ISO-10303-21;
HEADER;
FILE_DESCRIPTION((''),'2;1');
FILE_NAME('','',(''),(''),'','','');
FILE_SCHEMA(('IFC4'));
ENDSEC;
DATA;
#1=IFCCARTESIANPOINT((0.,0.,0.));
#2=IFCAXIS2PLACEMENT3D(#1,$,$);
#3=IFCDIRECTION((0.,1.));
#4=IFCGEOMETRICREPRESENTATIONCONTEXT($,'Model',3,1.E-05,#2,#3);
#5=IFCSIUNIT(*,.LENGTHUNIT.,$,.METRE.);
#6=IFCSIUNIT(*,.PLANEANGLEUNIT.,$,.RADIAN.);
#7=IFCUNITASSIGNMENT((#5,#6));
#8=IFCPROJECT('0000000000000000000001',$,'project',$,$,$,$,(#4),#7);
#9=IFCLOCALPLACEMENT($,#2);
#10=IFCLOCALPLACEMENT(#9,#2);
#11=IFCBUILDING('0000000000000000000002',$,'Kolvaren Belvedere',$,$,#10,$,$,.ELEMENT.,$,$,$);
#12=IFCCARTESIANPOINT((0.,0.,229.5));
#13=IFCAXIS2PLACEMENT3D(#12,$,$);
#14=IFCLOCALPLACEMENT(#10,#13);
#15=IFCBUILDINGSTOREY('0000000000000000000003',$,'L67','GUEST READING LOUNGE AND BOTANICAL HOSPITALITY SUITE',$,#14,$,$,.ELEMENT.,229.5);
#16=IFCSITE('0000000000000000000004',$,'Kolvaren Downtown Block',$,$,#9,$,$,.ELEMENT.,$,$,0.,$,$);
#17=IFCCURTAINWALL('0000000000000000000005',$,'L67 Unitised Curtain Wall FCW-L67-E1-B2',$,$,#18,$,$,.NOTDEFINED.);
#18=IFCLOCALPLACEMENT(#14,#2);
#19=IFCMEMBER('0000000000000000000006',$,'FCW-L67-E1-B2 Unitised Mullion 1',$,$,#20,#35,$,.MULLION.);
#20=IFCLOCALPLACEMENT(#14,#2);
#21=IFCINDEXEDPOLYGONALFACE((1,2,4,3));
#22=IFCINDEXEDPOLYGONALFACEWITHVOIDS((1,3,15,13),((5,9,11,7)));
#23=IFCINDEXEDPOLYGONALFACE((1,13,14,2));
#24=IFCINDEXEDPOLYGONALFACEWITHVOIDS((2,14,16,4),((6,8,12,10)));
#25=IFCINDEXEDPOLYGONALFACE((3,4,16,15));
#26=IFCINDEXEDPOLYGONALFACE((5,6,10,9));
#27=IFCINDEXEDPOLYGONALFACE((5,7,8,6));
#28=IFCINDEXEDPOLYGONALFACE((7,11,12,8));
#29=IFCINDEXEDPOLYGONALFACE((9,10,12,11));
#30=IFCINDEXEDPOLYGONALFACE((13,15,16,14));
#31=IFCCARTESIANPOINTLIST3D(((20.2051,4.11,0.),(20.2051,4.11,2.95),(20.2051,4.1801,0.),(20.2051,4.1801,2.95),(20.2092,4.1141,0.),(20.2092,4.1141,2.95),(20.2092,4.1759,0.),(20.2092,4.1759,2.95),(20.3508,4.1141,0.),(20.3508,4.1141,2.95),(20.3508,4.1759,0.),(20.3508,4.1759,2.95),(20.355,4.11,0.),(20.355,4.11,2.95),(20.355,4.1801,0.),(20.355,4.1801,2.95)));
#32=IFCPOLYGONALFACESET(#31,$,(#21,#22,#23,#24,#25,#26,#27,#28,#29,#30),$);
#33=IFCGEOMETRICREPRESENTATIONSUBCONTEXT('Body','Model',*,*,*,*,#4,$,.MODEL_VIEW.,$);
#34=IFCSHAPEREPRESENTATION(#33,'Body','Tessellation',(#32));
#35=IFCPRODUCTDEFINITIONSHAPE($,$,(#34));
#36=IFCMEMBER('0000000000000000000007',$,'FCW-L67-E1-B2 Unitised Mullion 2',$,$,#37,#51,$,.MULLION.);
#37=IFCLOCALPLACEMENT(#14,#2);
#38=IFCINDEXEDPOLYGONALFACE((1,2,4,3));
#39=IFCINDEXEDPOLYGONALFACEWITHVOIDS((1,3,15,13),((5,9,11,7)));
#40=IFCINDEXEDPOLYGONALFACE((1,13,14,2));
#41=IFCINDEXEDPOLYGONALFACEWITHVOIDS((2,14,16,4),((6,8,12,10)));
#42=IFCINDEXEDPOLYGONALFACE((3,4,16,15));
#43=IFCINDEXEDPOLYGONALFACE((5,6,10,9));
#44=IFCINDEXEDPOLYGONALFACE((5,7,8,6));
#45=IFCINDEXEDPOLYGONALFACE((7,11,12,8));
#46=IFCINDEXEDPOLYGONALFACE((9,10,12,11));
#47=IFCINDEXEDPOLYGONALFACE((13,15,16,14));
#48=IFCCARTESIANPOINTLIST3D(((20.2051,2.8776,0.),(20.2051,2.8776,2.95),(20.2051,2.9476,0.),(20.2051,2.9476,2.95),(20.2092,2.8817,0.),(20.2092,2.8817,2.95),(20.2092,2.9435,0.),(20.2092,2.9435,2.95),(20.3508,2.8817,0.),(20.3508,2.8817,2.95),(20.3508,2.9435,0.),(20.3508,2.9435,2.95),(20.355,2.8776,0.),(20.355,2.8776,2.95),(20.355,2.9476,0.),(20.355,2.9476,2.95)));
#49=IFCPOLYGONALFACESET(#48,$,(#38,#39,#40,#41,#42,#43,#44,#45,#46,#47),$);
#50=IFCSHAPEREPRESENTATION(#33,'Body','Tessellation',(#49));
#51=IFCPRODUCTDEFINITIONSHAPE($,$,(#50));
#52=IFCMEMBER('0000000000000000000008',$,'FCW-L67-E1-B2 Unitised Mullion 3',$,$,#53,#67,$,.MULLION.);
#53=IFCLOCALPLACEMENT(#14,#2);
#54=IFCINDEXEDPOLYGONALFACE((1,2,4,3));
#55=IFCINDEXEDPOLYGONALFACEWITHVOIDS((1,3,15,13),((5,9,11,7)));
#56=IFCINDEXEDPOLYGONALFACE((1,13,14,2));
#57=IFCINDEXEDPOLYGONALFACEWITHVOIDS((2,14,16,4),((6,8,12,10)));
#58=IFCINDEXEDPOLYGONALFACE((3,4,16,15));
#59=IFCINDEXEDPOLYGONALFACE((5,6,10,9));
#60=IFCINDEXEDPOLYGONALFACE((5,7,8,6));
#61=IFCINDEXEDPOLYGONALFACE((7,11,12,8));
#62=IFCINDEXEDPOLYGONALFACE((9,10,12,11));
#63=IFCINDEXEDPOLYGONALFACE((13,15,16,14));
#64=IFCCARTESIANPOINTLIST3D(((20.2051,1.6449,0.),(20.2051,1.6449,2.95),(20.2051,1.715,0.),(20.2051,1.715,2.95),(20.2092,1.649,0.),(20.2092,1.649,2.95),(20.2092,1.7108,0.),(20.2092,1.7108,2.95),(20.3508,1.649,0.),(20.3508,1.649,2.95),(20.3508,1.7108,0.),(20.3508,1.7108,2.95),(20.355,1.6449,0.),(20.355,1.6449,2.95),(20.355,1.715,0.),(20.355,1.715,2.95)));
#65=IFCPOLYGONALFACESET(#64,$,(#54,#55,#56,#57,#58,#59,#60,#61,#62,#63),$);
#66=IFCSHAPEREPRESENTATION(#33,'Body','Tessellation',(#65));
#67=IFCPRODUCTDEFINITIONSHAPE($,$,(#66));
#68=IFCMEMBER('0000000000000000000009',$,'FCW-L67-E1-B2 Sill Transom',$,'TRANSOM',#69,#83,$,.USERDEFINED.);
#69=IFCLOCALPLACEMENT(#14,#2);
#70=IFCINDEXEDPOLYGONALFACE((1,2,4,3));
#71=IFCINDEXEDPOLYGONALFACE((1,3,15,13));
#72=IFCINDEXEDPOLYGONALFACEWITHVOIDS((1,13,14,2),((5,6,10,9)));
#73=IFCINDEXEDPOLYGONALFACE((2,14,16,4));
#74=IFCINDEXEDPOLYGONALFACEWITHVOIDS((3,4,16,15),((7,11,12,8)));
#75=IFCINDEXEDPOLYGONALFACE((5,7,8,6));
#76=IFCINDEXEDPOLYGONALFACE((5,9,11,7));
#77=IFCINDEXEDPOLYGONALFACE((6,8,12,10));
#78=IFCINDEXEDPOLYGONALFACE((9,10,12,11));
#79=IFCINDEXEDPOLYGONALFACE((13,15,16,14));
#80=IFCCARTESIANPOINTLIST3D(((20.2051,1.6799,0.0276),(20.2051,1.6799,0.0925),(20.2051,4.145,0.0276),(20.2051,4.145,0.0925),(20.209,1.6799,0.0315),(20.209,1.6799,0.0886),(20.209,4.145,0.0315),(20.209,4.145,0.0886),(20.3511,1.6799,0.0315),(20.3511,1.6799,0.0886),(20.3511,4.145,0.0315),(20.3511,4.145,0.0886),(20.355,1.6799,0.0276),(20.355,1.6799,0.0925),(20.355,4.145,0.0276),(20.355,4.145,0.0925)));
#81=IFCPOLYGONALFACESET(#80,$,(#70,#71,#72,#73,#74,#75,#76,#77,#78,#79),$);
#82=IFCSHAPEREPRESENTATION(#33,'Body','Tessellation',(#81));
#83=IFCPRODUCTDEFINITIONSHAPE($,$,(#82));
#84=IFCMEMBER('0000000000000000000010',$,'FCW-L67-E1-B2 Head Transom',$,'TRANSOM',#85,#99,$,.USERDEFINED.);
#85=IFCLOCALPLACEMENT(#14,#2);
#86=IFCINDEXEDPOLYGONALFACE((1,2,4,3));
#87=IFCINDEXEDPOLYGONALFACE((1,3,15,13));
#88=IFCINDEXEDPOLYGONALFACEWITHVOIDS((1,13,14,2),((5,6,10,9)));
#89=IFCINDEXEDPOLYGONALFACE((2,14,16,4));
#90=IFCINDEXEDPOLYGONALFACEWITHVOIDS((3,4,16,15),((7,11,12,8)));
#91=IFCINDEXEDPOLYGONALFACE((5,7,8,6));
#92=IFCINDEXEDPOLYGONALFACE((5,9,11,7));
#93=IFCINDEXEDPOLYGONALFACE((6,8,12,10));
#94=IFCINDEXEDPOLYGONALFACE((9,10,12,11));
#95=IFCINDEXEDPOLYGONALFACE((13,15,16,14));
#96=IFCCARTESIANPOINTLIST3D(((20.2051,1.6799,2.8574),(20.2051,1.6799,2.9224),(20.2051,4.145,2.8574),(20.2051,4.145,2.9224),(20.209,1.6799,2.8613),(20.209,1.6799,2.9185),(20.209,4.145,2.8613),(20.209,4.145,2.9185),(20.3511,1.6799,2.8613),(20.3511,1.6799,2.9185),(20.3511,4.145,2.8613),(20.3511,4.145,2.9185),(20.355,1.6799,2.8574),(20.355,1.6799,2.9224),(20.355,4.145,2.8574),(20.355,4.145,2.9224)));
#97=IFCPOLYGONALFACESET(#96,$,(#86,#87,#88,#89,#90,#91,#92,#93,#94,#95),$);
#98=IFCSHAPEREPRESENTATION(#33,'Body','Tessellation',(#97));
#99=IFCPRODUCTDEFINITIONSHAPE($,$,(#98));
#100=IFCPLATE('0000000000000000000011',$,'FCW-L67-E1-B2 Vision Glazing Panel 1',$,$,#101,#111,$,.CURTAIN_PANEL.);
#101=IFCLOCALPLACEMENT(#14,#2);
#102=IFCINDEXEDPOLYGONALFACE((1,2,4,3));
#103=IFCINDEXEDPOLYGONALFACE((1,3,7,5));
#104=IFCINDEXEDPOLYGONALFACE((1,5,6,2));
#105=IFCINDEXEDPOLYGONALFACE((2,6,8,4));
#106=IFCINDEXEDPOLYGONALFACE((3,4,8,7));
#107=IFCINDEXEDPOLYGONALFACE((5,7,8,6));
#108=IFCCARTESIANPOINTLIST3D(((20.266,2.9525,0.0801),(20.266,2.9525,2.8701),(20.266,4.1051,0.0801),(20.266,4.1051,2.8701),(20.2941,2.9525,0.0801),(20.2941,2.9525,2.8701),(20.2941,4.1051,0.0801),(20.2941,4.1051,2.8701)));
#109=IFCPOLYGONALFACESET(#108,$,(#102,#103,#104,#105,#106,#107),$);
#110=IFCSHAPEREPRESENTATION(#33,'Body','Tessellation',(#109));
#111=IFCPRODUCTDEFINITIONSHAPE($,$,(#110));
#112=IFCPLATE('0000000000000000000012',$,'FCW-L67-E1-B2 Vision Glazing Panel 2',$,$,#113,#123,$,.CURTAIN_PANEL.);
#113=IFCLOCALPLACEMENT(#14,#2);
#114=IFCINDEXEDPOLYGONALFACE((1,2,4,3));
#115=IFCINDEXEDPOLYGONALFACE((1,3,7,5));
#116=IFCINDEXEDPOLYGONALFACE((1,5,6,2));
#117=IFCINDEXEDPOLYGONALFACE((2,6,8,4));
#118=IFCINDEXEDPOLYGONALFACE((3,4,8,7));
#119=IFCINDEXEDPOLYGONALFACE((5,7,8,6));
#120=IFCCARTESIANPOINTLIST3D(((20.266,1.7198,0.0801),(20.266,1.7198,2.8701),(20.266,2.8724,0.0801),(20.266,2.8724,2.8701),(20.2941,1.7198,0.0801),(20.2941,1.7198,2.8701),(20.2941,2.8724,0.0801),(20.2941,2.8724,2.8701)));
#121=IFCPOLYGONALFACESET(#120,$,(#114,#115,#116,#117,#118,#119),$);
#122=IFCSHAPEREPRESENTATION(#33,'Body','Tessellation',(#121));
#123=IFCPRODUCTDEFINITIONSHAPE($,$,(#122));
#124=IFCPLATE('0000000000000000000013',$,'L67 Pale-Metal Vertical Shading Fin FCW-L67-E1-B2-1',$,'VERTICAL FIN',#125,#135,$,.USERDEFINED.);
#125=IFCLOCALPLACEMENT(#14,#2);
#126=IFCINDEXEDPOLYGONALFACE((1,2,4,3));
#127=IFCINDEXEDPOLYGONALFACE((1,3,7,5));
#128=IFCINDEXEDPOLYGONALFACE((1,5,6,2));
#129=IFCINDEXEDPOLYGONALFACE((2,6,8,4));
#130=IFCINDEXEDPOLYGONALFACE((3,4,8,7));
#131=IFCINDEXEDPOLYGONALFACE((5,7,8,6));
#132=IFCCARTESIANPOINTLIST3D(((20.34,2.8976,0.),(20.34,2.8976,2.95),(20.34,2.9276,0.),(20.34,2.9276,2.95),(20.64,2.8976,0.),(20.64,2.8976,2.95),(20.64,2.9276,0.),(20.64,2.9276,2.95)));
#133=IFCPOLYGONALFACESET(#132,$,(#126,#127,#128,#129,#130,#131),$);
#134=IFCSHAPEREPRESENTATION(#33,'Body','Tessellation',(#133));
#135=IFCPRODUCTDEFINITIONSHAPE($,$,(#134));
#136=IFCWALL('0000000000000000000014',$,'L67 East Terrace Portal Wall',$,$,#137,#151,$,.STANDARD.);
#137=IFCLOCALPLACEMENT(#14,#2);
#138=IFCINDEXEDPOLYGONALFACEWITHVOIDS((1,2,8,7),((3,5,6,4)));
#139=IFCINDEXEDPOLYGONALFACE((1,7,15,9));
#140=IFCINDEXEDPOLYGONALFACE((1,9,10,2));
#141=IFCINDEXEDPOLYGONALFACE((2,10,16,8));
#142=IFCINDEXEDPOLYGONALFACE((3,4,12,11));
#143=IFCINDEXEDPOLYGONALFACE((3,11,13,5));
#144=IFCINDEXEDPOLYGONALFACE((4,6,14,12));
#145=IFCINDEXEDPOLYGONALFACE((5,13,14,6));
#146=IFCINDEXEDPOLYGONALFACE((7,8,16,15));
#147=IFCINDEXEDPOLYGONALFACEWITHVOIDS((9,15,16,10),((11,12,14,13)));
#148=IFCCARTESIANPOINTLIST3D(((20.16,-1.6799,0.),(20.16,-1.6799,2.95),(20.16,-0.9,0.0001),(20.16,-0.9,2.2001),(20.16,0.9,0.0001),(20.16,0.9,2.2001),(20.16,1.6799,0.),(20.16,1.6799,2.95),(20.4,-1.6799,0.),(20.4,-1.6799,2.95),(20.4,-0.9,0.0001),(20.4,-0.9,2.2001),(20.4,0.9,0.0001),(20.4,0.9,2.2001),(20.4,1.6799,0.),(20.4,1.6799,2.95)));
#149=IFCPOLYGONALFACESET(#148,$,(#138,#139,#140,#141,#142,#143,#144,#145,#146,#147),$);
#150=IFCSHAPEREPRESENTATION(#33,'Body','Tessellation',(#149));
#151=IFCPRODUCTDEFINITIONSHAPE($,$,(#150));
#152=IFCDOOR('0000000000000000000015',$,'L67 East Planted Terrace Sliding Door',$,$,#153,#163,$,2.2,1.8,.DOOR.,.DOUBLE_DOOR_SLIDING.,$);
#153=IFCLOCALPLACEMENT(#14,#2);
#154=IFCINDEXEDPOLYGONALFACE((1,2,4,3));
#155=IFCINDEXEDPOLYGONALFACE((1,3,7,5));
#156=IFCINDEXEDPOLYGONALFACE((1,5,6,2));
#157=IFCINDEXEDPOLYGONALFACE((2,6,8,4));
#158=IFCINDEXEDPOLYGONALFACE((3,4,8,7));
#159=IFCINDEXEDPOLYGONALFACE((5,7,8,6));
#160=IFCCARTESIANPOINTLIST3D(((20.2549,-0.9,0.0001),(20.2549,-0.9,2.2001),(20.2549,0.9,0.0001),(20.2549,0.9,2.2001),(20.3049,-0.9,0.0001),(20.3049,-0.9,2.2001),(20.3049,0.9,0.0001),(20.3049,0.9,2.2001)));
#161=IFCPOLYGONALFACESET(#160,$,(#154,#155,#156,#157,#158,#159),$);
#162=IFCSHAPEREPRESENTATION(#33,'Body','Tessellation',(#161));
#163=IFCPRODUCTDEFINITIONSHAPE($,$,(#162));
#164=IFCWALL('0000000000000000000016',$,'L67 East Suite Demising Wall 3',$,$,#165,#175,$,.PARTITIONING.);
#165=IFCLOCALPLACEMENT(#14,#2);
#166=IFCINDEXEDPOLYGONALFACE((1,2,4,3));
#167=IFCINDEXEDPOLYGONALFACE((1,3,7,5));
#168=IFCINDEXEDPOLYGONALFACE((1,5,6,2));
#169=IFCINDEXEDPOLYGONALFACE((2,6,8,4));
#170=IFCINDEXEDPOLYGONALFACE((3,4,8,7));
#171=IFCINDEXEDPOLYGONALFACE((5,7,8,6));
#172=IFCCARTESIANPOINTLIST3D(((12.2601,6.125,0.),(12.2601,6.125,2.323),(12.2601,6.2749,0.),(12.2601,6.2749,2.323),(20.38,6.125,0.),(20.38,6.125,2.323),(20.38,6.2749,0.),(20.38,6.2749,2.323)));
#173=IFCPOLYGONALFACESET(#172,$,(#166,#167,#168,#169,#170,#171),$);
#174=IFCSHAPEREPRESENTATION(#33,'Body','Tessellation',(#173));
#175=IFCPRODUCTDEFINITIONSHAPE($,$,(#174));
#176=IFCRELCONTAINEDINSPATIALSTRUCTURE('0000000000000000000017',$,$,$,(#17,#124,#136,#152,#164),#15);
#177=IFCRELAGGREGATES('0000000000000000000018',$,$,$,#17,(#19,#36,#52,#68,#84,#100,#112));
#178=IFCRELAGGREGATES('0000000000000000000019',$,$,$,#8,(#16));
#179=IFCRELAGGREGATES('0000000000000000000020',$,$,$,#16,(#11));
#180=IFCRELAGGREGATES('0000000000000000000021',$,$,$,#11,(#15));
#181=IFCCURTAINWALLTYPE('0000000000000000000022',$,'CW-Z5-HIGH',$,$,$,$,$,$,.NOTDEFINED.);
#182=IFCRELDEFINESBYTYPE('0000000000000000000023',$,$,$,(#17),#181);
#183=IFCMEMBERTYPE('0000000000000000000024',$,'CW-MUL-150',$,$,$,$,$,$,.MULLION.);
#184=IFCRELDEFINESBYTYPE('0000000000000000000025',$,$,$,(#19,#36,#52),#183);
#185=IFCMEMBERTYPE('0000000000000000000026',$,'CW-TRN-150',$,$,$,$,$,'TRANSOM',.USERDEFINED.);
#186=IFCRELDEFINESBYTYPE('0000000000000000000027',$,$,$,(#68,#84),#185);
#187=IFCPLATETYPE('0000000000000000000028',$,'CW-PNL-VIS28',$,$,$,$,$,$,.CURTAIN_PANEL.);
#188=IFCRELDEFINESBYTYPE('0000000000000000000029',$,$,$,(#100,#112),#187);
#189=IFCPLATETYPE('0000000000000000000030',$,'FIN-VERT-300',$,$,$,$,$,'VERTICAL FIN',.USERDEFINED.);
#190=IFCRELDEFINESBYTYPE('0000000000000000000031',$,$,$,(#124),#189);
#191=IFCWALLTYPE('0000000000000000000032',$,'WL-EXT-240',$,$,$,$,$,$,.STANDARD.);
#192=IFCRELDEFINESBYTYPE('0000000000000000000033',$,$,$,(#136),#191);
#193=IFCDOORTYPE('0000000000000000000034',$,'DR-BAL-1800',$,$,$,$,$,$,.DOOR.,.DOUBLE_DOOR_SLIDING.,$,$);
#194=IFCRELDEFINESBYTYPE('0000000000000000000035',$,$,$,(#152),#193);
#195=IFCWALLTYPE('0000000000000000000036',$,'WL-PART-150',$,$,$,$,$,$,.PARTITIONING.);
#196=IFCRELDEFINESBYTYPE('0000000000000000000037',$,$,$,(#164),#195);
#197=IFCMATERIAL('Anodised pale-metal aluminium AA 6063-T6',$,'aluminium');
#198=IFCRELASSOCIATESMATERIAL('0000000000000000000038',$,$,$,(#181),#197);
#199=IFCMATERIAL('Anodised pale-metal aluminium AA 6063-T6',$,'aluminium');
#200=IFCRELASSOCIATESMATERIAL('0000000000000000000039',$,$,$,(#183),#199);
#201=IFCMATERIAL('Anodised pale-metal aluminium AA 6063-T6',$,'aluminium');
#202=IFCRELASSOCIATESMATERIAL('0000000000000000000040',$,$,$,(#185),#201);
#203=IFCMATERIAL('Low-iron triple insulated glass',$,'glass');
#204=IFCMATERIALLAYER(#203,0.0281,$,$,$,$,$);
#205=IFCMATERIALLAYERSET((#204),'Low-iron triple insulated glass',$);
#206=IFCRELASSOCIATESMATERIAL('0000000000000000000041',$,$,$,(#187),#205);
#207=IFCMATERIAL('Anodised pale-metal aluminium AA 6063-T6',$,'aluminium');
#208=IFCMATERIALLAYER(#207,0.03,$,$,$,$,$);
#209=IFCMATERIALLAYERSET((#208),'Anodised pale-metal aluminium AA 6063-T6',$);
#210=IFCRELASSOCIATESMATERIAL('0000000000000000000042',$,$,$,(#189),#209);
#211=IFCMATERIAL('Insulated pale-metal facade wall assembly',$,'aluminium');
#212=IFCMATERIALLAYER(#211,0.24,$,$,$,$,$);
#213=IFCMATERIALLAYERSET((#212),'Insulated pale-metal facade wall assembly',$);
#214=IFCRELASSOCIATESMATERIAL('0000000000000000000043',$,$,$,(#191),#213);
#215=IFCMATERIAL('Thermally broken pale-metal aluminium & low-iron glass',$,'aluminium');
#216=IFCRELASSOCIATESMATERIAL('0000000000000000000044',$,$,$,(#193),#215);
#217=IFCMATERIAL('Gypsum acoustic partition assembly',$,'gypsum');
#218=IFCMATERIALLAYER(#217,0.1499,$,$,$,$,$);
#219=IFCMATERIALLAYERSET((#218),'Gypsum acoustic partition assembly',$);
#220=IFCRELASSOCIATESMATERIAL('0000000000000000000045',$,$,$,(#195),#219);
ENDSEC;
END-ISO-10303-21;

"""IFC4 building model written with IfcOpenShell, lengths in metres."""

from ifc_helpers import new_model, si_unit, direction, frame, frame_2d, origin, origin_2d, place, context, subcontext, project, spatial, rectangle, hollow_rectangle, extrude, material, layer, layer_set, material_profile, profile_set, type_object, element, fill, aggregate, save


model = new_model("IFC4")

# Units and contexts
model_context = context("Model", 3, precision=1e-05, world=origin(), true_north=direction((0.0, 1.0)))
body_context = subcontext(model_context, "Body", "Model", "MODEL_VIEW")
ifc_project = project(units=[si_unit("LENGTHUNIT", "METRE"), si_unit("PLANEANGLEUNIT", "RADIAN")], contexts=[model_context])

# Site, building, storey
site_placement = place(None, origin())
site = spatial("IfcSite", under=ifc_project, at=site_placement, Name="Kolvaren Downtown Block", CompositionType="ELEMENT", RefElevation=0.0)
building_placement = place(site_placement, origin())
building = spatial("IfcBuilding", under=site, at=building_placement, Name="Kolvaren Belvedere", CompositionType="ELEMENT")
storey_placement = place(building_placement, frame((0.0, 0.0, 229.5)))
storey = spatial("IfcBuildingStorey", under=building, at=storey_placement, Name="L67", Description="GUEST READING LOUNGE AND BOTANICAL HOSPITALITY SUITE", CompositionType="ELEMENT", Elevation=229.5)

# Shared definitions
ifc_material_1 = material(Name="Anodised pale-metal aluminium AA 6063-T6", Category="aluminium")
curtain_wall_type = type_object("IfcCurtainWallType", Name="CW-Z5-HIGH", PredefinedType="NOTDEFINED", material=ifc_material_1)
ifc_material_2 = material(Name="Anodised pale-metal aluminium AA 6063-T6", Category="aluminium")
ifc_material_profile_1 = material_profile(ifc_material_2, hollow_rectangle(XDim=0.0701, YDim=0.1499, WallThickness=0.0042, at=origin_2d()), Name="ALU-MUL-150X70")
ifc_profile_set_1 = profile_set([ifc_material_profile_1], Name="Anodised pale-metal aluminium AA 6063-T6")
member_type_1 = type_object("IfcMemberType", Name="CW-MUL-150", PredefinedType="MULLION", material=ifc_profile_set_1)

# Curtain wall, members, plates
curtain_wall_1_placement = place(storey_placement, origin())
curtain_wall_1 = element("IfcCurtainWall", 1, at=curtain_wall_1_placement, inside=storey, type_object=curtain_wall_type, Name="L67 Unitised Curtain Wall FCW-L67-E1-B2", PredefinedType="NOTDEFINED")
member_1_placement = place(storey_placement, frame((20.28, 4.145, 0.0), z_axis=(0.0, 0.0, 1.0), x_axis=(0.0, 1.0, 0.0)))
member_1 = element("IfcMember", 2, at=member_1_placement, type_object=member_type_1, Name="FCW-L67-E1-B2 Unitised Mullion 1", PredefinedType="MULLION", context=body_context, shape_type="SweptSolid", body=[
    extrude(hollow_rectangle(XDim=0.0701, YDim=0.1499, WallThickness=0.0042, at=origin_2d()), origin(), (0.0, 0.0, 1.0), 2.95),
])
member_2_placement = place(storey_placement, frame((20.28, 2.9126, 0.0), z_axis=(0.0, 0.0, 1.0), x_axis=(0.0, 1.0, 0.0)))
member_2 = element("IfcMember", 3, at=member_2_placement, type_object=member_type_1, Name="FCW-L67-E1-B2 Unitised Mullion 2", PredefinedType="MULLION", context=body_context, shape_type="SweptSolid", body=[
    extrude(hollow_rectangle(XDim=0.0701, YDim=0.1499, WallThickness=0.0042, at=origin_2d()), origin(), (0.0, 0.0, 1.0), 2.95),
])
member_3_placement = place(storey_placement, frame((20.28, 1.6799, 0.0), z_axis=(0.0, 0.0, 1.0), x_axis=(0.0, 1.0, 0.0)))
member_3 = element("IfcMember", 4, at=member_3_placement, type_object=member_type_1, Name="FCW-L67-E1-B2 Unitised Mullion 3", PredefinedType="MULLION", context=body_context, shape_type="SweptSolid", body=[
    extrude(hollow_rectangle(XDim=0.0701, YDim=0.1499, WallThickness=0.0042, at=origin_2d()), origin(), (0.0, 0.0, 1.0), 2.95),
])
ifc_material_3 = material(Name="Anodised pale-metal aluminium AA 6063-T6", Category="aluminium")
ifc_material_profile_2 = material_profile(ifc_material_3, hollow_rectangle(XDim=0.0649, YDim=0.1499, WallThickness=0.0039, at=origin_2d()), Name="ALU-TRN-150X65")
ifc_profile_set_2 = profile_set([ifc_material_profile_2], Name="Anodised pale-metal aluminium AA 6063-T6")
member_type_2 = type_object("IfcMemberType", Name="CW-TRN-150", ElementType="TRANSOM", PredefinedType="USERDEFINED", material=ifc_profile_set_2)
member_4_placement = place(storey_placement, frame((20.28, 4.145, 0.0601), z_axis=(0.0, -1.0, 0.0), x_axis=(0.0, 0.0, 1.0)))
member_4 = element("IfcMember", 5, at=member_4_placement, type_object=member_type_2, Name="FCW-L67-E1-B2 Sill Transom", ObjectType="TRANSOM", PredefinedType="USERDEFINED", context=body_context, shape_type="SweptSolid", body=[
    extrude(hollow_rectangle(XDim=0.0649, YDim=0.1499, WallThickness=0.0039, at=origin_2d()), origin(), (0.0, 0.0, 1.0), 2.4651),
])
member_5_placement = place(storey_placement, frame((20.28, 4.145, 2.8899), z_axis=(0.0, -1.0, 0.0), x_axis=(0.0, 0.0, 1.0)))
member_5 = element("IfcMember", 6, at=member_5_placement, type_object=member_type_2, Name="FCW-L67-E1-B2 Head Transom", ObjectType="TRANSOM", PredefinedType="USERDEFINED", context=body_context, shape_type="SweptSolid", body=[
    extrude(hollow_rectangle(XDim=0.0649, YDim=0.1499, WallThickness=0.0039, at=origin_2d()), origin(), (0.0, 0.0, 1.0), 2.4651),
])
ifc_material_4 = material(Name="Low-iron triple insulated glass", Category="glass")
ifc_layer_1 = layer(ifc_material_4, 0.0281)
ifc_layer_set_1 = layer_set([ifc_layer_1], Name="Low-iron triple insulated glass")
plate_type_1 = type_object("IfcPlateType", Name="CW-PNL-VIS28", PredefinedType="CURTAIN_PANEL", material=ifc_layer_set_1)
plate_1_placement = place(storey_placement, frame((20.28, 3.5288, 0.0801), z_axis=(0.0, 0.0, 1.0), x_axis=(0.0, -1.0, 0.0)))
plate_1 = element("IfcPlate", 7, at=plate_1_placement, type_object=plate_type_1, Name="FCW-L67-E1-B2 Vision Glazing Panel 1", PredefinedType="CURTAIN_PANEL", context=body_context, shape_type="SweptSolid", body=[
    extrude(rectangle(XDim=1.1526, YDim=0.0281, at=origin_2d()), origin(), (0.0, 0.0, 1.0), 2.79),
])
plate_2_placement = place(storey_placement, frame((20.28, 2.2961, 0.0801), z_axis=(0.0, 0.0, 1.0), x_axis=(0.0, -1.0, 0.0)))
plate_2 = element("IfcPlate", 8, at=plate_2_placement, type_object=plate_type_1, Name="FCW-L67-E1-B2 Vision Glazing Panel 2", PredefinedType="CURTAIN_PANEL", context=body_context, shape_type="SweptSolid", body=[
    extrude(rectangle(XDim=1.1526, YDim=0.0281, at=origin_2d()), origin(), (0.0, 0.0, 1.0), 2.79),
])
aggregate(curtain_wall_1, [member_1, member_2, member_3, member_4, member_5, plate_1, plate_2])

# Plate
ifc_material_5 = material(Name="Anodised pale-metal aluminium AA 6063-T6", Category="aluminium")
ifc_layer_2 = layer(ifc_material_5, 0.03)
ifc_layer_set_2 = layer_set([ifc_layer_2], Name="Anodised pale-metal aluminium AA 6063-T6")
plate_type_2 = type_object("IfcPlateType", Name="FIN-VERT-300", ElementType="VERTICAL FIN", PredefinedType="USERDEFINED", material=ifc_layer_set_2)
plate_3_placement = place(storey_placement, frame((20.49, 2.9126, 0.0), z_axis=(0.0, 0.0, 1.0), x_axis=(1.0, 0.0, 0.0)))
element("IfcPlate", 9, at=plate_3_placement, inside=storey, type_object=plate_type_2, Name="L67 Pale-Metal Vertical Shading Fin FCW-L67-E1-B2-1", ObjectType="VERTICAL FIN", PredefinedType="USERDEFINED", context=body_context, shape_type="SweptSolid", body=[
    extrude(rectangle(XDim=0.3, YDim=0.03, at=origin_2d()), origin(), (0.0, 0.0, 1.0), 2.95),
])

# Wall, opening, door
ifc_material_6 = material(Name="Insulated pale-metal facade wall assembly", Category="aluminium")
ifc_layer_3 = layer(ifc_material_6, 0.24)
ifc_layer_set_3 = layer_set([ifc_layer_3], Name="Insulated pale-metal facade wall assembly")
wall_type_1 = type_object("IfcWallType", Name="WL-EXT-240", PredefinedType="STANDARD", material=ifc_layer_set_3)
wall_1_placement = place(storey_placement, frame((20.28, 1.6799, 0.0), z_axis=(0.0, 0.0, 1.0), x_axis=(0.0, -1.0, 0.0)))
wall_1 = element("IfcWall", 10, at=wall_1_placement, inside=storey, type_object=wall_type_1, Name="L67 East Terrace Portal Wall", PredefinedType="STANDARD", context=body_context, shape_type="SweptSolid", body=[
    extrude(rectangle(XDim=3.3599, YDim=0.24, at=frame_2d((1.6799, 0.0))), origin(), (0.0, 0.0, 1.0), 2.95),
])
opening_placement = place(wall_1_placement, frame((0.78, 0.0, 0.0)))
opening = element("IfcOpeningElement", 11, at=opening_placement, cuts=wall_1, PredefinedType="OPENING", context=body_context, shape_type="SweptSolid", body=[
    extrude(rectangle(XDim=1.8, YDim=2.2, at=frame_2d((0.8999, 1.1001))), frame((0.0, 0.1299, 0.0), z_axis=(0.0, -1.0, 0.0), x_axis=(1.0, 0.0, 0.0)), (0.0, 0.0, 1.0), 0.26),
])
ifc_material_7 = material(Name="Thermally broken pale-metal aluminium & low-iron glass", Category="aluminium")
door_type = type_object("IfcDoorType", Name="DR-BAL-1800", OperationType="DOUBLE_DOOR_SLIDING", PredefinedType="DOOR", material=ifc_material_7)
door_placement = place(opening_placement, origin())
door = element("IfcDoor", 12, at=door_placement, inside=storey, type_object=door_type, Name="L67 East Planted Terrace Sliding Door", OperationType="DOUBLE_DOOR_SLIDING", OverallHeight=2.2, OverallWidth=1.8, PredefinedType="DOOR", context=body_context, shape_type="SweptSolid", body=[
    extrude(rectangle(XDim=1.8, YDim=2.2, at=frame_2d((0.8999, 1.1001))), frame((0.0, 0.0249, 0.0), z_axis=(0.0, -1.0, 0.0), x_axis=(1.0, 0.0, 0.0)), (0.0, 0.0, 1.0), 0.05),
])
fill(opening, door)

# Wall
ifc_material_8 = material(Name="Gypsum acoustic partition assembly", Category="gypsum")
ifc_layer_4 = layer(ifc_material_8, 0.1499)
ifc_layer_set_4 = layer_set([ifc_layer_4], Name="Gypsum acoustic partition assembly")
wall_type_2 = type_object("IfcWallType", Name="WL-PART-150", PredefinedType="PARTITIONING", material=ifc_layer_set_4)
wall_2_placement = place(storey_placement, frame((12.26, 6.2, 0.0), z_axis=(0.0, 0.0, 1.0), x_axis=(1.0, 0.0, 0.0)))
element("IfcWall", 13, at=wall_2_placement, inside=storey, type_object=wall_type_2, Name="L67 East Suite Demising Wall 3", PredefinedType="PARTITIONING", context=body_context, shape_type="SweptSolid", body=[
    extrude(rectangle(XDim=8.1199, YDim=0.1499, at=frame_2d((4.0601, 0.0))), origin(), (0.0, 0.0, 1.0), 2.323),
])

save(model, "model.ifc")
